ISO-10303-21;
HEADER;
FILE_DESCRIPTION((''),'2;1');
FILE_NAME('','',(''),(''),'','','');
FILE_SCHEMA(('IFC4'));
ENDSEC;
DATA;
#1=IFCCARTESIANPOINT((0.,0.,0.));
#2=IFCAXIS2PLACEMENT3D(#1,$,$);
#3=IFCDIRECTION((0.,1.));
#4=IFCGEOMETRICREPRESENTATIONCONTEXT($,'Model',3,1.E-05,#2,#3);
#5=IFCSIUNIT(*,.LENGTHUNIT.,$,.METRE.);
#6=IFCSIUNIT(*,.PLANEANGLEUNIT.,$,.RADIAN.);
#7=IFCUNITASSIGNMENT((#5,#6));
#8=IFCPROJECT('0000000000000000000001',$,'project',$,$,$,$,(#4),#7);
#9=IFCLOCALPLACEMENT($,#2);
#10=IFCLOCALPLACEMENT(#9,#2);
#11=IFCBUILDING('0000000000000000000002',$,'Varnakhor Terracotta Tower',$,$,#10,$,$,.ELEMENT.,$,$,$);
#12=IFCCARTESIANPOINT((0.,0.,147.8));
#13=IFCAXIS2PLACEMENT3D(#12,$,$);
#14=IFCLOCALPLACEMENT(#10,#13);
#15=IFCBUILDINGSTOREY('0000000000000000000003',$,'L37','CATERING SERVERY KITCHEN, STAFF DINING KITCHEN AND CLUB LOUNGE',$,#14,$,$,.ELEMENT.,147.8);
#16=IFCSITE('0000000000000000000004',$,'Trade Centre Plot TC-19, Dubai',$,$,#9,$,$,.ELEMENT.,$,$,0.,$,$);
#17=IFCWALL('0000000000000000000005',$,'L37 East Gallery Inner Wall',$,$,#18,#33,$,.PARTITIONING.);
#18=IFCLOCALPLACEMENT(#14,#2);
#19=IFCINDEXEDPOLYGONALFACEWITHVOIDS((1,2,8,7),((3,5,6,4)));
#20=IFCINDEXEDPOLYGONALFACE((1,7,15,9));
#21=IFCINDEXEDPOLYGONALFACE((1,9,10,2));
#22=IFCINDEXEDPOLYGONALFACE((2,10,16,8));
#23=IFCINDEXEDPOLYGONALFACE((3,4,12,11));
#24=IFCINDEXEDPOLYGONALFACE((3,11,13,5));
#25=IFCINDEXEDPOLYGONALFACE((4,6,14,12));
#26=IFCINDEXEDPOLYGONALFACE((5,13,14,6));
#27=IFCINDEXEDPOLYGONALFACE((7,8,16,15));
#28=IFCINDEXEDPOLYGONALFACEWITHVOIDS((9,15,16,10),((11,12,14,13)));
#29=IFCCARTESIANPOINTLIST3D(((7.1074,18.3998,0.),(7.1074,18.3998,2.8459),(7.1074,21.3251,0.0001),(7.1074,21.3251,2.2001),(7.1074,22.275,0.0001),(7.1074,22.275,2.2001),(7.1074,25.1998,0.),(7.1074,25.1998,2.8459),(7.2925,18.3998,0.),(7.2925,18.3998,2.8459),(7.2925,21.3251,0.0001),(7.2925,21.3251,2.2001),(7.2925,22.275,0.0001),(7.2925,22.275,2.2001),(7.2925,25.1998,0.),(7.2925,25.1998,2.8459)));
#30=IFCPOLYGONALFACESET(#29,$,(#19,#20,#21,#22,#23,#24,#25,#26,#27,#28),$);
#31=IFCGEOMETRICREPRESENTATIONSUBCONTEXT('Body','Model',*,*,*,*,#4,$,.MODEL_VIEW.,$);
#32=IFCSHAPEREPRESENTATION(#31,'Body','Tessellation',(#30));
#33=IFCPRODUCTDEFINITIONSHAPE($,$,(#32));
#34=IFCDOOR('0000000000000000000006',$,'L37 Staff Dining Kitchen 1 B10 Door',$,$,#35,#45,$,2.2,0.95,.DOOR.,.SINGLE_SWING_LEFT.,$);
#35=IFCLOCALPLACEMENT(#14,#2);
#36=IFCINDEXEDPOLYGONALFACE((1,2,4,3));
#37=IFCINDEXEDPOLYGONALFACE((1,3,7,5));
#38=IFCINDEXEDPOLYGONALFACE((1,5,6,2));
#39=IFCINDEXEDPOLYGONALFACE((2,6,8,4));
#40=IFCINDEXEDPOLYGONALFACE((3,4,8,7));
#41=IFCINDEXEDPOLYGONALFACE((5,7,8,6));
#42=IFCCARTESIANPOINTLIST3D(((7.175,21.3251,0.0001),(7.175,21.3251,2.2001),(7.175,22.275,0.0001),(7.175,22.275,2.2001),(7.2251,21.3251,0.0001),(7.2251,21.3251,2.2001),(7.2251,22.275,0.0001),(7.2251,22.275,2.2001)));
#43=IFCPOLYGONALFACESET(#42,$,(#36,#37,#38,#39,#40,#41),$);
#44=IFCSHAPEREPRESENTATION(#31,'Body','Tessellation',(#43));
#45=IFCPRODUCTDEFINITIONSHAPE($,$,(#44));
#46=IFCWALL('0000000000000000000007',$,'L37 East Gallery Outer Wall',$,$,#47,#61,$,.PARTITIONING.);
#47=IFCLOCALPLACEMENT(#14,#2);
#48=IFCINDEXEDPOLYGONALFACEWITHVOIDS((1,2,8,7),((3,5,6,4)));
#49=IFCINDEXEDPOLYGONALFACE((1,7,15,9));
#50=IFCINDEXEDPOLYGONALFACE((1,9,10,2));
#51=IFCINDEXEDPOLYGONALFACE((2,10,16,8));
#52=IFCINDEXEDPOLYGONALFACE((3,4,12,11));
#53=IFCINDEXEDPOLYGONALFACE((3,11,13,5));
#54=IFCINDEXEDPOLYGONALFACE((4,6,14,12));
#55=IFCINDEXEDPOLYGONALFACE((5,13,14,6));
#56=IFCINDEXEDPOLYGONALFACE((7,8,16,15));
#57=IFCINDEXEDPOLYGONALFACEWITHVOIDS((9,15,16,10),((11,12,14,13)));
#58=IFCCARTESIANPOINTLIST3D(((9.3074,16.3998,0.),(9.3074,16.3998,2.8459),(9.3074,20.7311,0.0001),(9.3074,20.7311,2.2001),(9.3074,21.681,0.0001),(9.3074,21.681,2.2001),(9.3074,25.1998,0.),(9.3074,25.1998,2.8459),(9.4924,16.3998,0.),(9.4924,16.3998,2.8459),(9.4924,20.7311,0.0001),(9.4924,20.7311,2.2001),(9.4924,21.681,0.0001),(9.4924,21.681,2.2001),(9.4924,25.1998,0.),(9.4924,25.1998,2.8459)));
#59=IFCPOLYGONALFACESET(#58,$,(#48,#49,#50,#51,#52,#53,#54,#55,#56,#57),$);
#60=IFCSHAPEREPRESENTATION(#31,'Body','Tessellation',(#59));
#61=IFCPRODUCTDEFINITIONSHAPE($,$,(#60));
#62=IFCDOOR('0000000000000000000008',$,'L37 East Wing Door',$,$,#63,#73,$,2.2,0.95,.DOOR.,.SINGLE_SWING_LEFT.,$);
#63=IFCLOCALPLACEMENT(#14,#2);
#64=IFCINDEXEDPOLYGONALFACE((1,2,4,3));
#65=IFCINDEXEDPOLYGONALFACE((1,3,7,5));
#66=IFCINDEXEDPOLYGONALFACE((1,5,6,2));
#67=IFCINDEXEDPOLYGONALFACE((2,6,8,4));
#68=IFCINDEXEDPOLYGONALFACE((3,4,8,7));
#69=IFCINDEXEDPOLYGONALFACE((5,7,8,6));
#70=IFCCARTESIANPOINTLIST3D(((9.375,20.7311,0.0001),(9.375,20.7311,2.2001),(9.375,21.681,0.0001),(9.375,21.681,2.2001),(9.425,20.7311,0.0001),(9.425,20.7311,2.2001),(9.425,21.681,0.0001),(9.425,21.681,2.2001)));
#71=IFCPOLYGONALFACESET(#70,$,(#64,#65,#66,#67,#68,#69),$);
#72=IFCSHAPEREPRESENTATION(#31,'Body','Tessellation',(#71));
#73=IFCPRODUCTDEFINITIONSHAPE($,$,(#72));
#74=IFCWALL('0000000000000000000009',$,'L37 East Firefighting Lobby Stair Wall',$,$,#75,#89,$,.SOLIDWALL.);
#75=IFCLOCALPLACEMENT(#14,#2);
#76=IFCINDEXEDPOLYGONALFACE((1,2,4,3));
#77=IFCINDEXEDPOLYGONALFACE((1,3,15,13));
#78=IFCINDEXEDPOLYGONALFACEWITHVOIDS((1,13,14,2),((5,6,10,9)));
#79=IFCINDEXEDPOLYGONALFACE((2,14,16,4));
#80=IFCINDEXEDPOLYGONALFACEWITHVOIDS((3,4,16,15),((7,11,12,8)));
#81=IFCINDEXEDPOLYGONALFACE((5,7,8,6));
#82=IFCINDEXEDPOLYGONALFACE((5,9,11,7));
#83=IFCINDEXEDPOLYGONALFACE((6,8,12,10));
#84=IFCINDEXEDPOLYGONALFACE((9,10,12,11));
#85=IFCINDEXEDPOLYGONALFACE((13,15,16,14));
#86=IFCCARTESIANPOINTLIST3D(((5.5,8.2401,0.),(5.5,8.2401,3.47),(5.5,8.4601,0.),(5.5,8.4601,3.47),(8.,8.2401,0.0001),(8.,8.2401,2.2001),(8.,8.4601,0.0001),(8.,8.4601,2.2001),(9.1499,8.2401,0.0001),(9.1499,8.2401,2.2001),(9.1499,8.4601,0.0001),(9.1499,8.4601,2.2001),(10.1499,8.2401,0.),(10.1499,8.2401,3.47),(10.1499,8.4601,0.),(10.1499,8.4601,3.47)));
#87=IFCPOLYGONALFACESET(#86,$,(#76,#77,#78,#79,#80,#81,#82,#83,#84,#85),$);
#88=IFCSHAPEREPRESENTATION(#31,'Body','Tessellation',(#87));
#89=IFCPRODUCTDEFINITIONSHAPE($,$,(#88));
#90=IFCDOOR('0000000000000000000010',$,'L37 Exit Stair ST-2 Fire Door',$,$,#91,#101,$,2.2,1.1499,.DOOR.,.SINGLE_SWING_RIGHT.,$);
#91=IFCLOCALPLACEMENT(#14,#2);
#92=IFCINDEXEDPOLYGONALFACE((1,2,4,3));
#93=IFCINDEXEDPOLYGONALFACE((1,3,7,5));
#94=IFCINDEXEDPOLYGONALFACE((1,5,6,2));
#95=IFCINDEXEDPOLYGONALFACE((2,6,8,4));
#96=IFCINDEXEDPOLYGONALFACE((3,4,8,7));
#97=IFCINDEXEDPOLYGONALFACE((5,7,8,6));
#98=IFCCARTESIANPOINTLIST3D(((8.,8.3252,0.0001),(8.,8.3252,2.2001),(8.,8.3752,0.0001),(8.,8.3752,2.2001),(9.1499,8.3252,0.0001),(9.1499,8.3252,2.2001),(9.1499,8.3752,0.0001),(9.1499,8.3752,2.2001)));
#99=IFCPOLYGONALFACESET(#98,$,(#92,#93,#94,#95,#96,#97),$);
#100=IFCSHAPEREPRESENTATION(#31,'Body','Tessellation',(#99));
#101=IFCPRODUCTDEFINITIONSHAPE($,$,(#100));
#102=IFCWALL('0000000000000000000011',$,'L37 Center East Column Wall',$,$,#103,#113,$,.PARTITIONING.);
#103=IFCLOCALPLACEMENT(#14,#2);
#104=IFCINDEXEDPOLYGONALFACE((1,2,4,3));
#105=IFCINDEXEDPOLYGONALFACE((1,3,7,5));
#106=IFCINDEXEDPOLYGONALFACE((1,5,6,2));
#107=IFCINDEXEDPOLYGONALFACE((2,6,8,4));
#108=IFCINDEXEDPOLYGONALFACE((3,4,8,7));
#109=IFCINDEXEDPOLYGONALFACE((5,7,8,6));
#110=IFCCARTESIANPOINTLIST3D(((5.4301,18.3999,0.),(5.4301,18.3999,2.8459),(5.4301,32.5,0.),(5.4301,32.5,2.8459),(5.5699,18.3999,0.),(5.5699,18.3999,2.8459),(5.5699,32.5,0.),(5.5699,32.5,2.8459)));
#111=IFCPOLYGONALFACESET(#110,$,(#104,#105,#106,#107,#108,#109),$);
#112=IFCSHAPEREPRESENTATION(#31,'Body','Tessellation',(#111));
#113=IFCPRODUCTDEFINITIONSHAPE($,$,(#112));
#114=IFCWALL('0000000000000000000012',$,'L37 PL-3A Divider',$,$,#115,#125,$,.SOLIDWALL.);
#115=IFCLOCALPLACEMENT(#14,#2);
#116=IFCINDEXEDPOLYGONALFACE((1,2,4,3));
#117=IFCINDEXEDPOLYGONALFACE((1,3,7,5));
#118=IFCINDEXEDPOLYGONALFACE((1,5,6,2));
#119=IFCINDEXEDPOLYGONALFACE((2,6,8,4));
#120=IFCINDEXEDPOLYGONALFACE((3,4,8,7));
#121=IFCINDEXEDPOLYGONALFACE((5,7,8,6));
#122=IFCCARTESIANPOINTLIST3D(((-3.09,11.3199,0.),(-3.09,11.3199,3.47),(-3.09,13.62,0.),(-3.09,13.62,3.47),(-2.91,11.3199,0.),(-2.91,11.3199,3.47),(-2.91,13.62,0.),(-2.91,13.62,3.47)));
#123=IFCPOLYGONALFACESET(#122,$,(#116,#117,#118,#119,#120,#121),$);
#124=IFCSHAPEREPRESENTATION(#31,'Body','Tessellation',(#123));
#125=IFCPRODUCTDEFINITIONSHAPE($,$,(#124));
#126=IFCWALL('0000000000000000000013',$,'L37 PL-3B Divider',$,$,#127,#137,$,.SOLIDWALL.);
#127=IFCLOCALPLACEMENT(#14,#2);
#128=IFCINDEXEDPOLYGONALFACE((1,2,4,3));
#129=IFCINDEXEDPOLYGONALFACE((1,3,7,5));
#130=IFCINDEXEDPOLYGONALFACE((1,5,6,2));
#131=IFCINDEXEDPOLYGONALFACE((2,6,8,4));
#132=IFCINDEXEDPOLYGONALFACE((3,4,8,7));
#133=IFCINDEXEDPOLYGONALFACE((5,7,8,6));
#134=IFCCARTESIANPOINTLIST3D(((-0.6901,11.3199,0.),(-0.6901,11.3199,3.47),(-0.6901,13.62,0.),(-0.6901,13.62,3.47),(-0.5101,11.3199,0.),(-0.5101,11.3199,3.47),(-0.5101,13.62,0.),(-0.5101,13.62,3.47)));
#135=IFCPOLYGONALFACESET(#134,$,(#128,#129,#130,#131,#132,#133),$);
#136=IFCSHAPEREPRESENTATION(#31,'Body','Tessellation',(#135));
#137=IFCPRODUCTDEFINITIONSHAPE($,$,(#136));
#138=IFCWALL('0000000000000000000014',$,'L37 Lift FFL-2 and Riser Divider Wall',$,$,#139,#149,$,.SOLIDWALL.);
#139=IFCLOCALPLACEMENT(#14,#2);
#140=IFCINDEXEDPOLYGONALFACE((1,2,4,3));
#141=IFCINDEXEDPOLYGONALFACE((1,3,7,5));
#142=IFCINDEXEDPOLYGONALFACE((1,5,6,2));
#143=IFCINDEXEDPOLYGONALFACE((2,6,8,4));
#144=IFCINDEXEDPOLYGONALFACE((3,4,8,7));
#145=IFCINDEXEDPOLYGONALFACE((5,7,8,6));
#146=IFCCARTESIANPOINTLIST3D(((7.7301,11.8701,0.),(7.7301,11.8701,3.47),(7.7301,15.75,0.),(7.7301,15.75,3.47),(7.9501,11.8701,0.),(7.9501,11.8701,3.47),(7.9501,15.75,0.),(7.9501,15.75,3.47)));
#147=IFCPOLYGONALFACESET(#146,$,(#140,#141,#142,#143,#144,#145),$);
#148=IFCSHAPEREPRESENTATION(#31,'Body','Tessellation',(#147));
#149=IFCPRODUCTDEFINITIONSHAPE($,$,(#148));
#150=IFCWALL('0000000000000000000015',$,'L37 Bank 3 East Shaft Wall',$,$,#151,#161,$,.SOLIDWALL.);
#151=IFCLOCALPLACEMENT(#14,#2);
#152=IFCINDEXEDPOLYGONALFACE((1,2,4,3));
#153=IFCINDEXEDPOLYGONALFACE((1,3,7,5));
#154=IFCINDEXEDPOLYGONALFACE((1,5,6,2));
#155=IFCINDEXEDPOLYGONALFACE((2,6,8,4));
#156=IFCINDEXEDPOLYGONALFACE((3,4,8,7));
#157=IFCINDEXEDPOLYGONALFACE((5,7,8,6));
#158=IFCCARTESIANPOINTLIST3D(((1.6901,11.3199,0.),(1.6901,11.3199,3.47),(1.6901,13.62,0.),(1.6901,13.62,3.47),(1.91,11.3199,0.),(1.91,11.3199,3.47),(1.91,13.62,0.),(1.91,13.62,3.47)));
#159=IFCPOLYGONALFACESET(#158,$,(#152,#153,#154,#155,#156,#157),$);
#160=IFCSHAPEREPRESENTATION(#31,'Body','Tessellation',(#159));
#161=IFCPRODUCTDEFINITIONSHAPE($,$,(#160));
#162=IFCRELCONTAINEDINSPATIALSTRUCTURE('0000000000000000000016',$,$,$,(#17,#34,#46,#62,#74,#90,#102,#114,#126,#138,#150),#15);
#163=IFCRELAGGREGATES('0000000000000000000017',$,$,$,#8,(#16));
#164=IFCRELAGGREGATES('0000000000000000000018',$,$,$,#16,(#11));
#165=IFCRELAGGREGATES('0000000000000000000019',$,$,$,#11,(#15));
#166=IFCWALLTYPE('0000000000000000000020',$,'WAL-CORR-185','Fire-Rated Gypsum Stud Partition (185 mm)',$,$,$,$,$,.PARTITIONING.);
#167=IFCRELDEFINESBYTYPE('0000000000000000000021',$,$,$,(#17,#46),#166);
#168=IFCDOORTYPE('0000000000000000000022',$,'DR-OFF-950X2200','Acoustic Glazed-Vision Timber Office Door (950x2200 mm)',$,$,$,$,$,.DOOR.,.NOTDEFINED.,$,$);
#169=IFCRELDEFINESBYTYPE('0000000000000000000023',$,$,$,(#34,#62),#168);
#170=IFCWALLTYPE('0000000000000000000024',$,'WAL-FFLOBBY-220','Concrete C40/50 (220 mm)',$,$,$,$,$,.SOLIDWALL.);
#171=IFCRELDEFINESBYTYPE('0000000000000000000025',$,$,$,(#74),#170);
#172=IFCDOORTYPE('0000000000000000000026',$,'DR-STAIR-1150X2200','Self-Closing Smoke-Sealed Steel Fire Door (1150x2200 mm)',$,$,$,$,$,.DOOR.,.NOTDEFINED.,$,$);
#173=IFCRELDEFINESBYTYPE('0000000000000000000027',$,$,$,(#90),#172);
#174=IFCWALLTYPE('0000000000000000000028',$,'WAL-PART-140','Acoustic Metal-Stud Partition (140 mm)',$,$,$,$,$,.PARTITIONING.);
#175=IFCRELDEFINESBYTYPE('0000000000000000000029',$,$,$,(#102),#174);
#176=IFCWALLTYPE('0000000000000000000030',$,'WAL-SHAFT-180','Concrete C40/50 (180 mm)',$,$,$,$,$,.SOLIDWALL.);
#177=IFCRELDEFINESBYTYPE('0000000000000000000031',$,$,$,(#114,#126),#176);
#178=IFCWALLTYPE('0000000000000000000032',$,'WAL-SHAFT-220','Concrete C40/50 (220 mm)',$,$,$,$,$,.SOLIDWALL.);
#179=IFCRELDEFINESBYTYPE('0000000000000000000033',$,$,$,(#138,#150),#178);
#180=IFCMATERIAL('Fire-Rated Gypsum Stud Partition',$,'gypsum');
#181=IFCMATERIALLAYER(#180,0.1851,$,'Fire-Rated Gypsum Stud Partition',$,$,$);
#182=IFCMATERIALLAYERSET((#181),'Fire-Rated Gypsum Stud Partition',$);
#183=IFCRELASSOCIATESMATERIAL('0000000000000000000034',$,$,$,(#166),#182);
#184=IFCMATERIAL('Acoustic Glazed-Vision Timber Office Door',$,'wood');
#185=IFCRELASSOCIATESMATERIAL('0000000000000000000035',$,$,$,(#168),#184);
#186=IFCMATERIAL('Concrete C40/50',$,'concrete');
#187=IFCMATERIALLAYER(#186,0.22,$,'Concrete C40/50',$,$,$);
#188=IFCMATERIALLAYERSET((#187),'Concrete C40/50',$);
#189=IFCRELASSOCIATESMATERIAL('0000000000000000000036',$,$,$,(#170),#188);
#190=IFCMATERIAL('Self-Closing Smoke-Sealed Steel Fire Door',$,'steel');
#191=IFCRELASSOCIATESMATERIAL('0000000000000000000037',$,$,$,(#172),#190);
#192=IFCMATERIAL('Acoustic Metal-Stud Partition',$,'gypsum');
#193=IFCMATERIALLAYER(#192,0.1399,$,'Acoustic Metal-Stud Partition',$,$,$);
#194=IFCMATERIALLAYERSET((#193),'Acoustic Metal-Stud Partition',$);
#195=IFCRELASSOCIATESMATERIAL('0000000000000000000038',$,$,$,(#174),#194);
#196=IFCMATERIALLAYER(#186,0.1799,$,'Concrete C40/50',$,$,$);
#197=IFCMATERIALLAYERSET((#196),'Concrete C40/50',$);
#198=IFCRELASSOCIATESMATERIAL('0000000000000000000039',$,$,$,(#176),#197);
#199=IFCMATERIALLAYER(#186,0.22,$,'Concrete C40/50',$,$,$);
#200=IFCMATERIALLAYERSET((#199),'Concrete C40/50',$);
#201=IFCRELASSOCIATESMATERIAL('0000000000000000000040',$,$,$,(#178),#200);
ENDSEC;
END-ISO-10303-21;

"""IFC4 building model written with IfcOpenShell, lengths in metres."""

from ifc_helpers import new_model, si_unit, direction, frame, frame_2d, origin, place, context, subcontext, project, spatial, rectangle, extrude, source, transform, mapped, material, layer, layer_set, type_object, type_shapes, element, fill, save


model = new_model("IFC4")

# Units and contexts
model_context = context("Model", 3, precision=1e-05, world=origin(), true_north=direction((0.0, 1.0)))
body_context = subcontext(model_context, "Body", "Model", "MODEL_VIEW")
ifc_project = project(units=[si_unit("LENGTHUNIT", "METRE"), si_unit("PLANEANGLEUNIT", "RADIAN")], contexts=[model_context])

# Site, building, storey
site_placement = place(None, origin())
site = spatial("IfcSite", under=ifc_project, at=site_placement, Name="Trade Centre Plot TC-19, Dubai", CompositionType="ELEMENT", RefElevation=0.0)
building_placement = place(site_placement, origin())
building = spatial("IfcBuilding", under=site, at=building_placement, Name="Varnakhor Terracotta Tower", CompositionType="ELEMENT")
storey_placement = place(building_placement, frame((0.0, 0.0, 147.8)))
storey = spatial("IfcBuildingStorey", under=building, at=storey_placement, Name="L37", Description="CATERING SERVERY KITCHEN, STAFF DINING KITCHEN AND CLUB LOUNGE", CompositionType="ELEMENT", Elevation=147.8)

# Walls, openings, doors
ifc_material_1 = material(Name="Fire-Rated Gypsum Stud Partition", Category="gypsum")
ifc_layer_1 = layer(ifc_material_1, 0.1851, Name="Fire-Rated Gypsum Stud Partition")
ifc_layer_set_1 = layer_set([ifc_layer_1], Name="Fire-Rated Gypsum Stud Partition")
wall_type_1 = type_object("IfcWallType", Name="WAL-CORR-185", Description="Fire-Rated Gypsum Stud Partition (185 mm)", PredefinedType="PARTITIONING", material=ifc_layer_set_1)
wall_1_placement = place(storey_placement, frame((7.2, 18.3999, 0.0), z_axis=(0.0, 0.0, 1.0), x_axis=(0.0, 1.0, 0.0)))
wall_1 = element("IfcWall", 1, at=wall_1_placement, inside=storey, type_object=wall_type_1, Name="L37 East Gallery Inner Wall", PredefinedType="PARTITIONING", context=body_context, shape_type="SweptSolid", body=[
    extrude(rectangle(XDim=6.8, YDim=0.1851, at=frame_2d((3.3999, 0.0))), origin(), (0.0, 0.0, 1.0), 2.8459),
])
opening_1_placement = place(wall_1_placement, frame((2.925, 0.0, 0.0)))
opening_1 = element("IfcOpeningElement", 2, at=opening_1_placement, cuts=wall_1, PredefinedType="OPENING", context=body_context, shape_type="SweptSolid", body=[
    extrude(rectangle(XDim=0.95, YDim=2.2, at=frame_2d((0.4751, 1.1001))), frame((0.0, 0.1025, 0.0), z_axis=(0.0, -1.0, 0.0), x_axis=(1.0, 0.0, 0.0)), (0.0, 0.0, 1.0), 0.2051),
])
ifc_material_2 = material(Name="Acoustic Glazed-Vision Timber Office Door", Category="wood")
door_type_1 = type_object("IfcDoorType", Name="DR-OFF-950X2200", Description="Acoustic Glazed-Vision Timber Office Door (950x2200 mm)", OperationType="NOTDEFINED", PredefinedType="DOOR", material=ifc_material_2)
shared_shape_1 = source(origin(), body_context, "Body", "SweptSolid", [
    extrude(rectangle(XDim=0.95, YDim=2.2, at=frame_2d((0.4751, 1.1001))), frame((0.0, 0.0249, 0.0), z_axis=(0.0, -1.0, 0.0), x_axis=(1.0, 0.0, 0.0)), (0.0, 0.0, 1.0), 0.05),
])
type_shapes(door_type_1, [shared_shape_1])
door_1_placement = place(opening_1_placement, origin())
door_1 = element("IfcDoor", 3, at=door_1_placement, inside=storey, type_object=door_type_1, Name="L37 Staff Dining Kitchen 1 B10 Door", OperationType="SINGLE_SWING_LEFT", OverallHeight=2.2, OverallWidth=0.95, PredefinedType="DOOR", context=body_context, shape_type="MappedRepresentation", body=[
    mapped(shared_shape_1, transform((0.0, 0.0, 0.0), scale=1.0)),
])
fill(opening_1, door_1)
wall_2_placement = place(storey_placement, frame((9.3999, 16.3999, 0.0), z_axis=(0.0, 0.0, 1.0), x_axis=(0.0, 1.0, 0.0)))
wall_2 = element("IfcWall", 4, at=wall_2_placement, inside=storey, type_object=wall_type_1, Name="L37 East Gallery Outer Wall", PredefinedType="PARTITIONING", context=body_context, shape_type="SweptSolid", body=[
    extrude(rectangle(XDim=8.8, YDim=0.1851, at=frame_2d((4.3999, 0.0))), origin(), (0.0, 0.0, 1.0), 2.8459),
])
opening_2_placement = place(wall_2_placement, frame((4.3311, 0.0, 0.0)))
opening_2 = element("IfcOpeningElement", 5, at=opening_2_placement, cuts=wall_2, PredefinedType="OPENING", context=body_context, shape_type="SweptSolid", body=[
    extrude(rectangle(XDim=0.95, YDim=2.2, at=frame_2d((0.4751, 1.1001))), frame((0.0, 0.1025, 0.0), z_axis=(0.0, -1.0, 0.0), x_axis=(1.0, 0.0, 0.0)), (0.0, 0.0, 1.0), 0.2051),
])
door_2_placement = place(opening_2_placement, origin())
door_2 = element("IfcDoor", 6, at=door_2_placement, inside=storey, type_object=door_type_1, Name="L37 East Wing Door", OperationType="SINGLE_SWING_LEFT", OverallHeight=2.2, OverallWidth=0.95, PredefinedType="DOOR", context=body_context, shape_type="MappedRepresentation", body=[
    mapped(shared_shape_1, transform((0.0, 0.0, 0.0), scale=1.0)),
])
fill(opening_2, door_2)
ifc_material_3 = material(Name="Concrete C40/50", Category="concrete")
ifc_layer_2 = layer(ifc_material_3, 0.22, Name="Concrete C40/50")
ifc_layer_set_2 = layer_set([ifc_layer_2], Name="Concrete C40/50")
wall_type_2 = type_object("IfcWallType", Name="WAL-FFLOBBY-220", Description="Concrete C40/50 (220 mm)", PredefinedType="SOLIDWALL", material=ifc_layer_set_2)
wall_3_placement = place(storey_placement, frame((10.1499, 8.3501, 0.0), z_axis=(0.0, 0.0, 1.0), x_axis=(-1.0, 0.0, 0.0)))
wall_3 = element("IfcWall", 7, at=wall_3_placement, inside=storey, type_object=wall_type_2, Name="L37 East Firefighting Lobby Stair Wall", PredefinedType="SOLIDWALL", context=body_context, shape_type="SweptSolid", body=[
    extrude(rectangle(XDim=4.6499, YDim=0.22, at=frame_2d((2.325, 0.0))), origin(), (0.0, 0.0, 1.0), 3.47),
])
opening_3_placement = place(wall_3_placement, frame((1.0, 0.0, 0.0)))
opening_3 = element("IfcOpeningElement", 8, at=opening_3_placement, cuts=wall_3, PredefinedType="OPENING", context=body_context, shape_type="SweptSolid", body=[
    extrude(rectangle(XDim=1.1499, YDim=2.2, at=frame_2d((0.575, 1.1001))), frame((0.0, 0.1201, 0.0), z_axis=(0.0, -1.0, 0.0), x_axis=(1.0, 0.0, 0.0)), (0.0, 0.0, 1.0), 0.24),
])
ifc_material_4 = material(Name="Self-Closing Smoke-Sealed Steel Fire Door", Category="steel")
door_type_2 = type_object("IfcDoorType", Name="DR-STAIR-1150X2200", Description="Self-Closing Smoke-Sealed Steel Fire Door (1150x2200 mm)", OperationType="NOTDEFINED", PredefinedType="DOOR", material=ifc_material_4)
shared_shape_2 = source(origin(), body_context, "Body", "SweptSolid", [
    extrude(rectangle(XDim=1.1499, YDim=2.2, at=frame_2d((0.575, 1.1001))), frame((0.0, 0.0249, 0.0), z_axis=(0.0, -1.0, 0.0), x_axis=(1.0, 0.0, 0.0)), (0.0, 0.0, 1.0), 0.05),
])
type_shapes(door_type_2, [shared_shape_2])
door_3_placement = place(opening_3_placement, origin())
door_3 = element("IfcDoor", 9, at=door_3_placement, inside=storey, type_object=door_type_2, Name="L37 Exit Stair ST-2 Fire Door", OperationType="SINGLE_SWING_RIGHT", OverallHeight=2.2, OverallWidth=1.1499, PredefinedType="DOOR", context=body_context, shape_type="MappedRepresentation", body=[
    mapped(shared_shape_2, transform((0.0, 0.0, 0.0), scale=1.0)),
])
fill(opening_3, door_3)

# Walls
ifc_material_5 = material(Name="Acoustic Metal-Stud Partition", Category="gypsum")
ifc_layer_3 = layer(ifc_material_5, 0.1399, Name="Acoustic Metal-Stud Partition")
ifc_layer_set_3 = layer_set([ifc_layer_3], Name="Acoustic Metal-Stud Partition")
wall_type_3 = type_object("IfcWallType", Name="WAL-PART-140", Description="Acoustic Metal-Stud Partition (140 mm)", PredefinedType="PARTITIONING", material=ifc_layer_set_3)
wall_4_placement = place(storey_placement, frame((5.5, 18.3999, 0.0), z_axis=(0.0, 0.0, 1.0), x_axis=(0.0, 1.0, 0.0)))
element("IfcWall", 10, at=wall_4_placement, inside=storey, type_object=wall_type_3, Name="L37 Center East Column Wall", PredefinedType="PARTITIONING", context=body_context, shape_type="SweptSolid", body=[
    extrude(rectangle(XDim=14.1001, YDim=0.1399, at=frame_2d((7.05, 0.0))), origin(), (0.0, 0.0, 1.0), 2.8459),
])
ifc_layer_4 = layer(ifc_material_3, 0.1799, Name="Concrete C40/50")
ifc_layer_set_4 = layer_set([ifc_layer_4], Name="Concrete C40/50")
wall_type_4 = type_object("IfcWallType", Name="WAL-SHAFT-180", Description="Concrete C40/50 (180 mm)", PredefinedType="SOLIDWALL", material=ifc_layer_set_4)
for number, where, z_axis, x_axis, name in (
    (11, (-3.0, 11.3201, 0.0), (0.0, 0.0, 1.0), (0.0, 1.0, 0.0), "L37 PL-3A Divider"),
    (12, (-0.6001, 11.3201, 0.0), (0.0, 0.0, 1.0), (0.0, 1.0, 0.0), "L37 PL-3B Divider"),
):
    element("IfcWall", number, at=place(storey_placement, frame(where, z_axis=z_axis, x_axis=x_axis)), inside=storey, type_object=wall_type_4, Name=name, PredefinedType="SOLIDWALL", context=body_context, shape_type="SweptSolid", body=[
        extrude(rectangle(XDim=2.3, YDim=0.1799, at=frame_2d((1.1499, 0.0))), origin(), (0.0, 0.0, 1.0), 3.47),
    ])
ifc_layer_5 = layer(ifc_material_3, 0.22, Name="Concrete C40/50")
ifc_layer_set_5 = layer_set([ifc_layer_5], Name="Concrete C40/50")
wall_type_5 = type_object("IfcWallType", Name="WAL-SHAFT-220", Description="Concrete C40/50 (220 mm)", PredefinedType="SOLIDWALL", material=ifc_layer_set_5)
wall_5_placement = place(storey_placement, frame((7.8401, 11.8701, 0.0), z_axis=(0.0, 0.0, 1.0), x_axis=(0.0, 1.0, 0.0)))
element("IfcWall", 13, at=wall_5_placement, inside=storey, type_object=wall_type_5, Name="L37 Lift FFL-2 and Riser Divider Wall", PredefinedType="SOLIDWALL", context=body_context, shape_type="SweptSolid", body=[
    extrude(rectangle(XDim=3.8799, YDim=0.22, at=frame_2d((1.9399, 0.0))), origin(), (0.0, 0.0, 1.0), 3.47),
])
wall_6_placement = place(storey_placement, frame((1.8, 11.3201, 0.0), z_axis=(0.0, 0.0, 1.0), x_axis=(0.0, 1.0, 0.0)))
element("IfcWall", 14, at=wall_6_placement, inside=storey, type_object=wall_type_5, Name="L37 Bank 3 East Shaft Wall", PredefinedType="SOLIDWALL", context=body_context, shape_type="SweptSolid", body=[
    extrude(rectangle(XDim=2.3, YDim=0.22, at=frame_2d((1.1499, 0.0))), origin(), (0.0, 0.0, 1.0), 3.47),
])

save(model, "model.ifc")
